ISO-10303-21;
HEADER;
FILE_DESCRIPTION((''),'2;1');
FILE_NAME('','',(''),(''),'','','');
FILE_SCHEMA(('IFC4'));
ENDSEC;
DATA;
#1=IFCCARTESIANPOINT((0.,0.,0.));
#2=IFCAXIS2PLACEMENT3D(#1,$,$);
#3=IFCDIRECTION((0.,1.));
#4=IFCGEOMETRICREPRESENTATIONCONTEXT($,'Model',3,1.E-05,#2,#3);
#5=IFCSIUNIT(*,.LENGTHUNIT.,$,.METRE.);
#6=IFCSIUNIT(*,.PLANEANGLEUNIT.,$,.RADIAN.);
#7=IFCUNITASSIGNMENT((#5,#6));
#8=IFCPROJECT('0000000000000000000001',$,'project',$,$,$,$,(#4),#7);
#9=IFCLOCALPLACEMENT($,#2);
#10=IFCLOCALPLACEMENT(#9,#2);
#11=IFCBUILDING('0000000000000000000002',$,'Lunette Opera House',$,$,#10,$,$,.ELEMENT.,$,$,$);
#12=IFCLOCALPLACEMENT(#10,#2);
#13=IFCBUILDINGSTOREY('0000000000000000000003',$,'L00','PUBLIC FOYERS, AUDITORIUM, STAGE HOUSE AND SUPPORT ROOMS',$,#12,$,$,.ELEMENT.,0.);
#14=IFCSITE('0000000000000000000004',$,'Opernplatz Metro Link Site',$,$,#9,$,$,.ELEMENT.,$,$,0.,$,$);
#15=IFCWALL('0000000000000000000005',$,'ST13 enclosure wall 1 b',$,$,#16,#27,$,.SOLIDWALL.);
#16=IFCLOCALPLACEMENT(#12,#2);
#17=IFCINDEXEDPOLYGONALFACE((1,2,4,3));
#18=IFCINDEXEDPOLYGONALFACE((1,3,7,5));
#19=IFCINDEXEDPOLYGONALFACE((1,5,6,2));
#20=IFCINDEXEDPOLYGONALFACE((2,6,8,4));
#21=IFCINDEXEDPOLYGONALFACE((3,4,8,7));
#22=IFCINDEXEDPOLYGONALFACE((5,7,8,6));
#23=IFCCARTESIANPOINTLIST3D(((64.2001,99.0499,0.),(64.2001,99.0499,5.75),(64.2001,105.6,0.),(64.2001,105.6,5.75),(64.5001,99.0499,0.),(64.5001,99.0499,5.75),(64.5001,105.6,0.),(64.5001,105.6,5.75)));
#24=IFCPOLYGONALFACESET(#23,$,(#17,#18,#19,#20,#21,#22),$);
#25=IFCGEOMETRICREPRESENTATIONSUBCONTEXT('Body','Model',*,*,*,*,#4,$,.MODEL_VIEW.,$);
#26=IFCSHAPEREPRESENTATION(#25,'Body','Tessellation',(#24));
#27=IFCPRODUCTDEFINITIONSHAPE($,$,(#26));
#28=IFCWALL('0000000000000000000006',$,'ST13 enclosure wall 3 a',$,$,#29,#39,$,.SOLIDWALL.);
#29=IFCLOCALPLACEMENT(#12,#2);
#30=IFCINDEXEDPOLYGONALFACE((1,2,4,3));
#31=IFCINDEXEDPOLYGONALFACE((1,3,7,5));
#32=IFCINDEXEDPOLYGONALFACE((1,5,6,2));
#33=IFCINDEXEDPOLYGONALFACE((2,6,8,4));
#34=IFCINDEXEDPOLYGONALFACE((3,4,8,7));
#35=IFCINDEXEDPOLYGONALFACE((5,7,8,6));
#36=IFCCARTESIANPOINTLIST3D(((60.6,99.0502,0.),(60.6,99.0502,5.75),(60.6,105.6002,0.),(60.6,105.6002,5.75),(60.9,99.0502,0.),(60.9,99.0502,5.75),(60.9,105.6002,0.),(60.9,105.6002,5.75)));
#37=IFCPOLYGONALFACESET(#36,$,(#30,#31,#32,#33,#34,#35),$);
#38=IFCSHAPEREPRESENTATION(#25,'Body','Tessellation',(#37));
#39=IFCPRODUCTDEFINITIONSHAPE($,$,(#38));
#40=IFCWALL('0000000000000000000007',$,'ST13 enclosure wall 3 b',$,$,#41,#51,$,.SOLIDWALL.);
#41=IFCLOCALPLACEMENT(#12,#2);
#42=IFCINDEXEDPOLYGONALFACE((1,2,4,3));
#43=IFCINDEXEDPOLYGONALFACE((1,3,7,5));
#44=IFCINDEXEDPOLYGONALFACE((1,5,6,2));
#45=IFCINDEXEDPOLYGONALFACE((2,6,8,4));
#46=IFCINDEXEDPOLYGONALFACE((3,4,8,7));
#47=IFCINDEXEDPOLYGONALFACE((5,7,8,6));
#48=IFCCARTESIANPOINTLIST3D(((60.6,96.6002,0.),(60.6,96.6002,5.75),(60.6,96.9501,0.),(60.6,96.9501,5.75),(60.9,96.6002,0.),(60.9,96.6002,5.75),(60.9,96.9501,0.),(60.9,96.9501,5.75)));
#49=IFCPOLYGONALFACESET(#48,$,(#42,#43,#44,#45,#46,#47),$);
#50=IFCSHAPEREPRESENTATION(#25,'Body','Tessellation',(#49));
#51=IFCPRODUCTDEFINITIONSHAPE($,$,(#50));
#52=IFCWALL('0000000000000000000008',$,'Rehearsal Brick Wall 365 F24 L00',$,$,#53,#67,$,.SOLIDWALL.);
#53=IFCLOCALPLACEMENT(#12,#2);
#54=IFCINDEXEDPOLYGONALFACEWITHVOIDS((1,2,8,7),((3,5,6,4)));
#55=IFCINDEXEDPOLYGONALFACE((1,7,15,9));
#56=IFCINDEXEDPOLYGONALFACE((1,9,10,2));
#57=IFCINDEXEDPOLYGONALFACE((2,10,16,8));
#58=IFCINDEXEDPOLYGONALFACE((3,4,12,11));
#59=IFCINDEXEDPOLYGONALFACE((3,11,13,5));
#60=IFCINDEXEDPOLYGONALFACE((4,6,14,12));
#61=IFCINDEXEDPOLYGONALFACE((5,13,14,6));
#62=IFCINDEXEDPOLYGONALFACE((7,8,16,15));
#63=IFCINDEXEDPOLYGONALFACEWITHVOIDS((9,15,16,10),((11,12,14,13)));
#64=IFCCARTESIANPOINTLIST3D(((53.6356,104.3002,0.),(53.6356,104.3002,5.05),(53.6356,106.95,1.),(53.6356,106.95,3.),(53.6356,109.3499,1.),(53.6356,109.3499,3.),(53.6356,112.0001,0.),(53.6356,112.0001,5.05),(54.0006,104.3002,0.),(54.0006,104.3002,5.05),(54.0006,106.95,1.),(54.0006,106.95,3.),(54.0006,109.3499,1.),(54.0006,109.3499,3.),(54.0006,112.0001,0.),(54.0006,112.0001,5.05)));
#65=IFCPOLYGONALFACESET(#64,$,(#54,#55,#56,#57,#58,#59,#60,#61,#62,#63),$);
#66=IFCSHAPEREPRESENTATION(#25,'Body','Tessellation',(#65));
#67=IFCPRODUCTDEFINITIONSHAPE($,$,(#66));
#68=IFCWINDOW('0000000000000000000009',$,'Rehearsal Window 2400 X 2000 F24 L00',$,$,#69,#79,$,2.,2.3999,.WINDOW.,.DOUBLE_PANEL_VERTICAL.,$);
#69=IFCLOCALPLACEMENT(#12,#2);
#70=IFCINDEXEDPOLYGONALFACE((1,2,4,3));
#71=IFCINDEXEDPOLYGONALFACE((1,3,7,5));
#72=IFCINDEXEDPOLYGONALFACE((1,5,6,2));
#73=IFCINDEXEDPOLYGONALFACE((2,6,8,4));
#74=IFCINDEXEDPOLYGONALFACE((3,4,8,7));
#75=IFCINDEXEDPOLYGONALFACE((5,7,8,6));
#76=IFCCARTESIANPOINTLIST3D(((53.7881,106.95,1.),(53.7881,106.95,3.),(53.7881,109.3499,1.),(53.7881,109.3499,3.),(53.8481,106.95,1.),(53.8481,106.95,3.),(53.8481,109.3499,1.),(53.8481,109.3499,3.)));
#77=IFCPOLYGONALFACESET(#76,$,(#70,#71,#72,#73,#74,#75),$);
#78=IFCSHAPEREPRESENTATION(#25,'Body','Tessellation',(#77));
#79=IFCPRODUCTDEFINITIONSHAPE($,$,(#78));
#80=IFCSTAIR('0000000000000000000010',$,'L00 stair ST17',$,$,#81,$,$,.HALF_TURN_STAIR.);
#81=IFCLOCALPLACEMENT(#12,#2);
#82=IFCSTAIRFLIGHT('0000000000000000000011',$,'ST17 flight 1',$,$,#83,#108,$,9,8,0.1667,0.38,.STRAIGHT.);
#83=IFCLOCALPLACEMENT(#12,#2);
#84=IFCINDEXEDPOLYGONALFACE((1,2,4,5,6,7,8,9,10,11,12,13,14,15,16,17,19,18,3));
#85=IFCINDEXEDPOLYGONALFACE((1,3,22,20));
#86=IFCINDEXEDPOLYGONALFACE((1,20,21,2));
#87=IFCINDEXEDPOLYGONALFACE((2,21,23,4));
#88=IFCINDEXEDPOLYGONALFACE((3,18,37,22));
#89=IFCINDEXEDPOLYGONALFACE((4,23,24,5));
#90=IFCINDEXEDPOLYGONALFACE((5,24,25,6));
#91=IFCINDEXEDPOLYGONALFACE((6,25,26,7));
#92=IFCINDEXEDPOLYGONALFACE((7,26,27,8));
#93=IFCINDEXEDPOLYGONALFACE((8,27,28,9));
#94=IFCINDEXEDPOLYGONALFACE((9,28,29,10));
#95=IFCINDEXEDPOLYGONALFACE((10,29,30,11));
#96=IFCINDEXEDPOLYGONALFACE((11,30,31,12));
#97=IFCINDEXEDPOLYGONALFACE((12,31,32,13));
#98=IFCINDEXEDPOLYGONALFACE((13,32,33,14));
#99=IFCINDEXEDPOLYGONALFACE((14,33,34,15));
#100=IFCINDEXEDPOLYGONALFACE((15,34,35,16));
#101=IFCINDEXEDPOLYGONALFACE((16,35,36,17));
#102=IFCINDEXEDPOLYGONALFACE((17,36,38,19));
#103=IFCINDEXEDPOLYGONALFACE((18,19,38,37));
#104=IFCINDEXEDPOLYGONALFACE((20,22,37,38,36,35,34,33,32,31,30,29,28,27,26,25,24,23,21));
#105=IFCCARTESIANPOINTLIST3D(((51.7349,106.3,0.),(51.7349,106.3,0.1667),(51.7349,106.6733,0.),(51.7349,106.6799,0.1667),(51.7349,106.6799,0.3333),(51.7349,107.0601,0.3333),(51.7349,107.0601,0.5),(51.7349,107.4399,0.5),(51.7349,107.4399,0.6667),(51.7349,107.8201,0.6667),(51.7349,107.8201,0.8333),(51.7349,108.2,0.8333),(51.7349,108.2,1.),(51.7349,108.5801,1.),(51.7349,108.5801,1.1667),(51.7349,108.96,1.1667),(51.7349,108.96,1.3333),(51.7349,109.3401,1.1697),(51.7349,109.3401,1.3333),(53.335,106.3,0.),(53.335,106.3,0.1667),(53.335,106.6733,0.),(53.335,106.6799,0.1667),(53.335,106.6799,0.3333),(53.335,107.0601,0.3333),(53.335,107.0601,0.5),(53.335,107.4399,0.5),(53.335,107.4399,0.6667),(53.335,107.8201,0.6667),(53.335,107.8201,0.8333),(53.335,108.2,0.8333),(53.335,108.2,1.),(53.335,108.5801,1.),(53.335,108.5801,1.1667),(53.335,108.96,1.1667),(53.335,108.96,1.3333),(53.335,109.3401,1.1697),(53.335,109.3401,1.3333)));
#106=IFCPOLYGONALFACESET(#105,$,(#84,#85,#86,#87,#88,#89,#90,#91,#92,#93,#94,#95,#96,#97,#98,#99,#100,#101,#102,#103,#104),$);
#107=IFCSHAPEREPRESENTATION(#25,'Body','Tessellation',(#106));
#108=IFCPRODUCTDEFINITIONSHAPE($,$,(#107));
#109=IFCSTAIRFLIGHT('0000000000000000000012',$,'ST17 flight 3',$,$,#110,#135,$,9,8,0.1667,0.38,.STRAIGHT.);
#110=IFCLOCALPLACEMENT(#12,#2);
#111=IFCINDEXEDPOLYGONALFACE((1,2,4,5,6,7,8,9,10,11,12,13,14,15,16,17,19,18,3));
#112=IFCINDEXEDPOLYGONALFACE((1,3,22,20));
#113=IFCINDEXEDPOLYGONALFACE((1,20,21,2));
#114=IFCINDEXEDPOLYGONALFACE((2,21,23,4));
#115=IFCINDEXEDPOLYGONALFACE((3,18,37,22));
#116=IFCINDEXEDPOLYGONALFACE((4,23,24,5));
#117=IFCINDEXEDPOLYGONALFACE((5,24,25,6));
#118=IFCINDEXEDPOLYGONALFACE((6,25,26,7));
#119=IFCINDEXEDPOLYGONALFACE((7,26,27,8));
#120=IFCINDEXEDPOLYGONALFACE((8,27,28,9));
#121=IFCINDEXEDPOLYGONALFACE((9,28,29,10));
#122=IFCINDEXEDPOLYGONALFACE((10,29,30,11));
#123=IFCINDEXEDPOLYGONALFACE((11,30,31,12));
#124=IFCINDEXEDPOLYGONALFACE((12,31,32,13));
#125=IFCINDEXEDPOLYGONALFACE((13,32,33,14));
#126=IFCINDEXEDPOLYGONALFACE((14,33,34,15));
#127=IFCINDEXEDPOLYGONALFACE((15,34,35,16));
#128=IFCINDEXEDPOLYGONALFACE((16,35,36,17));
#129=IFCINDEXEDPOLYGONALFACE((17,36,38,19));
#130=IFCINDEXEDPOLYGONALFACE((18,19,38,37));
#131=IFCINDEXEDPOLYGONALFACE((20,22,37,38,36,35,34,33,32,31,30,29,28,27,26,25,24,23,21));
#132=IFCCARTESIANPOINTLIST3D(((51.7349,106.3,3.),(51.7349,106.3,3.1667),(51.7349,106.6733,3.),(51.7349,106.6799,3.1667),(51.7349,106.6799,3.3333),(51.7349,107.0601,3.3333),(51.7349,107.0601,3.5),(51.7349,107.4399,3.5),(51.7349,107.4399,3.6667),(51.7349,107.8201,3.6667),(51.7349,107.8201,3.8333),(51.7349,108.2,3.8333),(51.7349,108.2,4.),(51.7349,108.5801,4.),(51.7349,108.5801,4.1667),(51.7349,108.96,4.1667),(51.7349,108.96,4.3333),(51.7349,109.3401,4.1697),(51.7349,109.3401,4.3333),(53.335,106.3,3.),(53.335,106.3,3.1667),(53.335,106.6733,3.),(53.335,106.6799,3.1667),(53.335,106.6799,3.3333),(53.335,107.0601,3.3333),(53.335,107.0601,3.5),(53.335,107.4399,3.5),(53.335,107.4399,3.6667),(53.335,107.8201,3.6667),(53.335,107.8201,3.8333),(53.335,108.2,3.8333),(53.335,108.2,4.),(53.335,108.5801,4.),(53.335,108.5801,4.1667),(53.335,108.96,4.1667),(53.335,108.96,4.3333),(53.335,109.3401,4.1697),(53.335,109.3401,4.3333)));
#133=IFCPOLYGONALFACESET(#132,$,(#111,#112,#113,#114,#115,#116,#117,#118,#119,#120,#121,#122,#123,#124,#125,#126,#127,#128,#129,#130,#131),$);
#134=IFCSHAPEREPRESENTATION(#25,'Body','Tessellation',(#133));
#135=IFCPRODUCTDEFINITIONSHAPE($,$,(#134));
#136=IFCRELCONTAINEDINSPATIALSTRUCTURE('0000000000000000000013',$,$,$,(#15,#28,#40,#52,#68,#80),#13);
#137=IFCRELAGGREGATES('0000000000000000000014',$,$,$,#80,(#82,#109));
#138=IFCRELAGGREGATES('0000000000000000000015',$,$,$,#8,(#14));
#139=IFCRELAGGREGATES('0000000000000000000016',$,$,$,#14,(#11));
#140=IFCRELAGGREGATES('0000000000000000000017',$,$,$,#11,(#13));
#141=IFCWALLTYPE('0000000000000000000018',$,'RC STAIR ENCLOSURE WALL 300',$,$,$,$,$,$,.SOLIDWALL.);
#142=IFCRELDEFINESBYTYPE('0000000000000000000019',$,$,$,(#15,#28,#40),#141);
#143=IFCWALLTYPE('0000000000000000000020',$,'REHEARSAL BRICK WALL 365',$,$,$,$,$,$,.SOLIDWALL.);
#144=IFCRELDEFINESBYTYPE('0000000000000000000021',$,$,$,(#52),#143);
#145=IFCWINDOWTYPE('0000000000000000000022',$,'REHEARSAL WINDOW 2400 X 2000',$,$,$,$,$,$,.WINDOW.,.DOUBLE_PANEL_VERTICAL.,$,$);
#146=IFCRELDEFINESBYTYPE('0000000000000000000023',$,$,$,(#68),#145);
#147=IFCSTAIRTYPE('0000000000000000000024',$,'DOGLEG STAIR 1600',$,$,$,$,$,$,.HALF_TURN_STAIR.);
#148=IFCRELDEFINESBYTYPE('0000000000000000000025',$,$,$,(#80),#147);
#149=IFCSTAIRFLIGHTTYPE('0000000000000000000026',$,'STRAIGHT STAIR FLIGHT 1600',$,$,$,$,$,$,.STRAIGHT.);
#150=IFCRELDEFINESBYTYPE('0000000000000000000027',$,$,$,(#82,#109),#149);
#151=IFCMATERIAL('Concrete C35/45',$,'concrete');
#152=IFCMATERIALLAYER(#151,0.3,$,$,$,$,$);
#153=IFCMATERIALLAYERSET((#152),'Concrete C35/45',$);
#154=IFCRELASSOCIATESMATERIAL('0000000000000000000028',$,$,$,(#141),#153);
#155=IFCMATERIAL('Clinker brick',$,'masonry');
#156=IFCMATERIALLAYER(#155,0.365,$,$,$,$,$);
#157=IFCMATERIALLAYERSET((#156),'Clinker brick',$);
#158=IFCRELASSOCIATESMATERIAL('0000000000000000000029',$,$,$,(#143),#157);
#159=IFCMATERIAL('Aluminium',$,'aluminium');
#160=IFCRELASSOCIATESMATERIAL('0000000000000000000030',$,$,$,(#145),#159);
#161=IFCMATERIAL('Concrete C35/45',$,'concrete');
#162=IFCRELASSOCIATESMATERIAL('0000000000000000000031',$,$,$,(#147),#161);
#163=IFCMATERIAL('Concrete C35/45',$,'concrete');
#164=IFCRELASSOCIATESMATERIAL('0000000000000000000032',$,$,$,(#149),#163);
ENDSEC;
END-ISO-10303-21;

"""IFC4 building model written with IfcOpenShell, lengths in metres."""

from ifc_helpers import new_model, si_unit, direction, frame, frame_2d, origin, place, context, subcontext, project, spatial, polyline, rectangle, outline, extrude, material, layer, layer_set, type_object, element, fill, aggregate, save


model = new_model("IFC4")

# Units and contexts
model_context = context("Model", 3, precision=1e-05, world=origin(), true_north=direction((0.0, 1.0)))
body_context = subcontext(model_context, "Body", "Model", "MODEL_VIEW")
ifc_project = project(units=[si_unit("LENGTHUNIT", "METRE"), si_unit("PLANEANGLEUNIT", "RADIAN")], contexts=[model_context])

# Site, building, storey
site_placement = place(None, origin())
site = spatial("IfcSite", under=ifc_project, at=site_placement, Name="Opernplatz Metro Link Site", CompositionType="ELEMENT", RefElevation=0.0)
building_placement = place(site_placement, origin())
building = spatial("IfcBuilding", under=site, at=building_placement, Name="Lunette Opera House", CompositionType="ELEMENT")
storey_placement = place(building_placement, origin())
storey = spatial("IfcBuildingStorey", under=building, at=storey_placement, Name="L00", Description="PUBLIC FOYERS, AUDITORIUM, STAGE HOUSE AND SUPPORT ROOMS", CompositionType="ELEMENT", Elevation=0.0)

# Shared definitions
ifc_material_1 = material(Name="Concrete C35/45", Category="concrete")
ifc_layer_1 = layer(ifc_material_1, 0.3)
ifc_layer_set_1 = layer_set([ifc_layer_1], Name="Concrete C35/45")
wall_type_1 = type_object("IfcWallType", Name="RC STAIR ENCLOSURE WALL 300", PredefinedType="SOLIDWALL", material=ifc_layer_set_1)

# Walls
for number, where, z_axis, x_axis, name in (
    (1, (64.3501, 99.05, 0.0), (0.0, 0.0, 1.0), (0.0, 1.0, 0.0), "ST13 enclosure wall 1 b"),
    (2, (60.75, 105.6001, 0.0), (0.0, 0.0, 1.0), (0.0, -1.0, 0.0), "ST13 enclosure wall 3 a"),
):
    element("IfcWall", number, at=place(storey_placement, frame(where, z_axis=z_axis, x_axis=x_axis)), inside=storey, type_object=wall_type_1, Name=name, PredefinedType="SOLIDWALL", context=body_context, shape_type="SweptSolid", body=[
        extrude(rectangle(XDim=6.55, YDim=0.3, at=frame_2d((3.2749, 0.0))), origin(), (0.0, 0.0, 1.0), 5.75),
    ])
wall_1_placement = place(storey_placement, frame((60.75, 96.95, 0.0), z_axis=(0.0, 0.0, 1.0), x_axis=(0.0, -1.0, 0.0)))
element("IfcWall", 3, at=wall_1_placement, inside=storey, type_object=wall_type_1, Name="ST13 enclosure wall 3 b", PredefinedType="SOLIDWALL", context=body_context, shape_type="SweptSolid", body=[
    extrude(rectangle(XDim=0.3499, YDim=0.3, at=frame_2d((0.1748, 0.0))), origin(), (0.0, 0.0, 1.0), 5.75),
])

# Wall, opening, window
ifc_material_2 = material(Name="Clinker brick", Category="masonry")
ifc_layer_2 = layer(ifc_material_2, 0.365)
ifc_layer_set_2 = layer_set([ifc_layer_2], Name="Clinker brick")
wall_type_2 = type_object("IfcWallType", Name="REHEARSAL BRICK WALL 365", PredefinedType="SOLIDWALL", material=ifc_layer_set_2)
wall_2_placement = place(storey_placement, frame((53.8181, 104.3, 0.0), z_axis=(0.0, 0.0, 1.0), x_axis=(0.0, 1.0, 0.0)))
wall_2 = element("IfcWall", 4, at=wall_2_placement, inside=storey, type_object=wall_type_2, Name="Rehearsal Brick Wall 365 F24 L00", PredefinedType="SOLIDWALL", context=body_context, shape_type="SweptSolid", body=[
    extrude(rectangle(XDim=7.7, YDim=0.365, at=frame_2d((3.8501, 0.0))), origin(), (0.0, 0.0, 1.0), 5.05),
])
opening_1_placement = place(wall_2_placement, frame((2.6499, 0.0, 1.0)))
opening_1 = element("IfcOpeningElement", 5, at=opening_1_placement, cuts=wall_2, PredefinedType="OPENING", context=body_context, shape_type="SweptSolid", body=[
    extrude(rectangle(XDim=2.3999, YDim=2.0, at=frame_2d((1.2, 1.0))), frame((0.0, 0.1946, 0.0), z_axis=(0.0, -1.0, 0.0), x_axis=(1.0, 0.0, 0.0)), (0.0, 0.0, 1.0), 0.3889),
])
ifc_material_3 = material(Name="Aluminium", Category="aluminium")
window_type = type_object("IfcWindowType", Name="REHEARSAL WINDOW 2400 X 2000", PartitioningType="DOUBLE_PANEL_VERTICAL", PredefinedType="WINDOW", material=ifc_material_3)
window_placement = place(opening_1_placement, origin())
window = element("IfcWindow", 6, at=window_placement, inside=storey, type_object=window_type, Name="Rehearsal Window 2400 X 2000 F24 L00", OverallHeight=2.0, OverallWidth=2.3999, PartitioningType="DOUBLE_PANEL_VERTICAL", PredefinedType="WINDOW", context=body_context, shape_type="SweptSolid", body=[
    extrude(rectangle(XDim=2.3999, YDim=2.0, at=frame_2d((1.2, 1.0))), frame((0.0, 0.03, 0.0), z_axis=(0.0, -1.0, 0.0), x_axis=(1.0, 0.0, 0.0)), (0.0, 0.0, 1.0), 0.0601),
])
fill(opening_1, window)

# Stair, stair flights
ifc_material_4 = material(Name="Concrete C35/45", Category="concrete")
stair_type = type_object("IfcStairType", Name="DOGLEG STAIR 1600", PredefinedType="HALF_TURN_STAIR", material=ifc_material_4)
stair_placement = place(storey_placement, origin())
stair = element("IfcStair", 7, at=stair_placement, inside=storey, type_object=stair_type, Name="L00 stair ST17", PredefinedType="HALF_TURN_STAIR")
ifc_material_5 = material(Name="Concrete C35/45", Category="concrete")
stair_flight_type = type_object("IfcStairFlightType", Name="STRAIGHT STAIR FLIGHT 1600", PredefinedType="STRAIGHT", material=ifc_material_5)
stair_flight_1_placement = place(storey_placement, frame((52.5349, 106.3, 0.0), z_axis=(0.0, 0.0, 1.0), x_axis=(0.0, 1.0, 0.0)))
stair_flight_1 = element("IfcStairFlight", 8, at=stair_flight_1_placement, type_object=stair_flight_type, Name="ST17 flight 1", NumberOfRisers=9, NumberOfTreads=8, PredefinedType="STRAIGHT", RiserHeight=0.1667, TreadLength=0.38, context=body_context, shape_type="SweptSolid", body=[
    extrude(outline(polyline([(0.0, 0.0), (0.0, 0.1667), (0.3799, 0.1667), (0.3799, 0.3333), (0.76, 0.3333), (0.76, 0.5), (1.1399, 0.5), (1.1399, 0.6667), (1.52, 0.6667), (1.52, 0.8333), (1.8999, 0.8333), (1.8999, 1.0), (2.28, 1.0), (2.28, 1.1667), (2.6599, 1.1667), (2.6599, 1.3333), (3.04, 1.3333), (3.04, 1.5), (3.04, 1.1697), (0.3733, 0.0), (0.0, 0.0)])), frame((0.0, 0.8, 0.0), z_axis=(0.0, -1.0, 0.0), x_axis=(1.0, 0.0, 0.0)), (0.0, 0.0, 1.0), 1.6001),
])
stair_flight_2_placement = place(storey_placement, frame((52.5349, 106.3, 3.0), z_axis=(0.0, 0.0, 1.0), x_axis=(0.0, 1.0, 0.0)))
stair_flight_2 = element("IfcStairFlight", 9, at=stair_flight_2_placement, type_object=stair_flight_type, Name="ST17 flight 3", NumberOfRisers=9, NumberOfTreads=8, PredefinedType="STRAIGHT", RiserHeight=0.1667, TreadLength=0.38, context=body_context, shape_type="SweptSolid", body=[
    extrude(outline(polyline([(0.0, 0.0), (0.0, 0.1667), (0.3799, 0.1667), (0.3799, 0.3333), (0.76, 0.3333), (0.76, 0.5), (1.1399, 0.5), (1.1399, 0.6667), (1.52, 0.6667), (1.52, 0.8333), (1.8999, 0.8333), (1.8999, 1.0), (2.28, 1.0), (2.28, 1.1667), (2.6599, 1.1667), (2.6599, 1.3333), (3.04, 1.3333), (3.04, 1.5), (3.04, 1.1697), (0.3733, 0.0), (0.0, 0.0)])), frame((0.0, 0.8, 0.0), z_axis=(0.0, -1.0, 0.0), x_axis=(1.0, 0.0, 0.0)), (0.0, 0.0, 1.0), 1.6001),
])
aggregate(stair, [stair_flight_1, stair_flight_2])

save(model, "model.ifc")
